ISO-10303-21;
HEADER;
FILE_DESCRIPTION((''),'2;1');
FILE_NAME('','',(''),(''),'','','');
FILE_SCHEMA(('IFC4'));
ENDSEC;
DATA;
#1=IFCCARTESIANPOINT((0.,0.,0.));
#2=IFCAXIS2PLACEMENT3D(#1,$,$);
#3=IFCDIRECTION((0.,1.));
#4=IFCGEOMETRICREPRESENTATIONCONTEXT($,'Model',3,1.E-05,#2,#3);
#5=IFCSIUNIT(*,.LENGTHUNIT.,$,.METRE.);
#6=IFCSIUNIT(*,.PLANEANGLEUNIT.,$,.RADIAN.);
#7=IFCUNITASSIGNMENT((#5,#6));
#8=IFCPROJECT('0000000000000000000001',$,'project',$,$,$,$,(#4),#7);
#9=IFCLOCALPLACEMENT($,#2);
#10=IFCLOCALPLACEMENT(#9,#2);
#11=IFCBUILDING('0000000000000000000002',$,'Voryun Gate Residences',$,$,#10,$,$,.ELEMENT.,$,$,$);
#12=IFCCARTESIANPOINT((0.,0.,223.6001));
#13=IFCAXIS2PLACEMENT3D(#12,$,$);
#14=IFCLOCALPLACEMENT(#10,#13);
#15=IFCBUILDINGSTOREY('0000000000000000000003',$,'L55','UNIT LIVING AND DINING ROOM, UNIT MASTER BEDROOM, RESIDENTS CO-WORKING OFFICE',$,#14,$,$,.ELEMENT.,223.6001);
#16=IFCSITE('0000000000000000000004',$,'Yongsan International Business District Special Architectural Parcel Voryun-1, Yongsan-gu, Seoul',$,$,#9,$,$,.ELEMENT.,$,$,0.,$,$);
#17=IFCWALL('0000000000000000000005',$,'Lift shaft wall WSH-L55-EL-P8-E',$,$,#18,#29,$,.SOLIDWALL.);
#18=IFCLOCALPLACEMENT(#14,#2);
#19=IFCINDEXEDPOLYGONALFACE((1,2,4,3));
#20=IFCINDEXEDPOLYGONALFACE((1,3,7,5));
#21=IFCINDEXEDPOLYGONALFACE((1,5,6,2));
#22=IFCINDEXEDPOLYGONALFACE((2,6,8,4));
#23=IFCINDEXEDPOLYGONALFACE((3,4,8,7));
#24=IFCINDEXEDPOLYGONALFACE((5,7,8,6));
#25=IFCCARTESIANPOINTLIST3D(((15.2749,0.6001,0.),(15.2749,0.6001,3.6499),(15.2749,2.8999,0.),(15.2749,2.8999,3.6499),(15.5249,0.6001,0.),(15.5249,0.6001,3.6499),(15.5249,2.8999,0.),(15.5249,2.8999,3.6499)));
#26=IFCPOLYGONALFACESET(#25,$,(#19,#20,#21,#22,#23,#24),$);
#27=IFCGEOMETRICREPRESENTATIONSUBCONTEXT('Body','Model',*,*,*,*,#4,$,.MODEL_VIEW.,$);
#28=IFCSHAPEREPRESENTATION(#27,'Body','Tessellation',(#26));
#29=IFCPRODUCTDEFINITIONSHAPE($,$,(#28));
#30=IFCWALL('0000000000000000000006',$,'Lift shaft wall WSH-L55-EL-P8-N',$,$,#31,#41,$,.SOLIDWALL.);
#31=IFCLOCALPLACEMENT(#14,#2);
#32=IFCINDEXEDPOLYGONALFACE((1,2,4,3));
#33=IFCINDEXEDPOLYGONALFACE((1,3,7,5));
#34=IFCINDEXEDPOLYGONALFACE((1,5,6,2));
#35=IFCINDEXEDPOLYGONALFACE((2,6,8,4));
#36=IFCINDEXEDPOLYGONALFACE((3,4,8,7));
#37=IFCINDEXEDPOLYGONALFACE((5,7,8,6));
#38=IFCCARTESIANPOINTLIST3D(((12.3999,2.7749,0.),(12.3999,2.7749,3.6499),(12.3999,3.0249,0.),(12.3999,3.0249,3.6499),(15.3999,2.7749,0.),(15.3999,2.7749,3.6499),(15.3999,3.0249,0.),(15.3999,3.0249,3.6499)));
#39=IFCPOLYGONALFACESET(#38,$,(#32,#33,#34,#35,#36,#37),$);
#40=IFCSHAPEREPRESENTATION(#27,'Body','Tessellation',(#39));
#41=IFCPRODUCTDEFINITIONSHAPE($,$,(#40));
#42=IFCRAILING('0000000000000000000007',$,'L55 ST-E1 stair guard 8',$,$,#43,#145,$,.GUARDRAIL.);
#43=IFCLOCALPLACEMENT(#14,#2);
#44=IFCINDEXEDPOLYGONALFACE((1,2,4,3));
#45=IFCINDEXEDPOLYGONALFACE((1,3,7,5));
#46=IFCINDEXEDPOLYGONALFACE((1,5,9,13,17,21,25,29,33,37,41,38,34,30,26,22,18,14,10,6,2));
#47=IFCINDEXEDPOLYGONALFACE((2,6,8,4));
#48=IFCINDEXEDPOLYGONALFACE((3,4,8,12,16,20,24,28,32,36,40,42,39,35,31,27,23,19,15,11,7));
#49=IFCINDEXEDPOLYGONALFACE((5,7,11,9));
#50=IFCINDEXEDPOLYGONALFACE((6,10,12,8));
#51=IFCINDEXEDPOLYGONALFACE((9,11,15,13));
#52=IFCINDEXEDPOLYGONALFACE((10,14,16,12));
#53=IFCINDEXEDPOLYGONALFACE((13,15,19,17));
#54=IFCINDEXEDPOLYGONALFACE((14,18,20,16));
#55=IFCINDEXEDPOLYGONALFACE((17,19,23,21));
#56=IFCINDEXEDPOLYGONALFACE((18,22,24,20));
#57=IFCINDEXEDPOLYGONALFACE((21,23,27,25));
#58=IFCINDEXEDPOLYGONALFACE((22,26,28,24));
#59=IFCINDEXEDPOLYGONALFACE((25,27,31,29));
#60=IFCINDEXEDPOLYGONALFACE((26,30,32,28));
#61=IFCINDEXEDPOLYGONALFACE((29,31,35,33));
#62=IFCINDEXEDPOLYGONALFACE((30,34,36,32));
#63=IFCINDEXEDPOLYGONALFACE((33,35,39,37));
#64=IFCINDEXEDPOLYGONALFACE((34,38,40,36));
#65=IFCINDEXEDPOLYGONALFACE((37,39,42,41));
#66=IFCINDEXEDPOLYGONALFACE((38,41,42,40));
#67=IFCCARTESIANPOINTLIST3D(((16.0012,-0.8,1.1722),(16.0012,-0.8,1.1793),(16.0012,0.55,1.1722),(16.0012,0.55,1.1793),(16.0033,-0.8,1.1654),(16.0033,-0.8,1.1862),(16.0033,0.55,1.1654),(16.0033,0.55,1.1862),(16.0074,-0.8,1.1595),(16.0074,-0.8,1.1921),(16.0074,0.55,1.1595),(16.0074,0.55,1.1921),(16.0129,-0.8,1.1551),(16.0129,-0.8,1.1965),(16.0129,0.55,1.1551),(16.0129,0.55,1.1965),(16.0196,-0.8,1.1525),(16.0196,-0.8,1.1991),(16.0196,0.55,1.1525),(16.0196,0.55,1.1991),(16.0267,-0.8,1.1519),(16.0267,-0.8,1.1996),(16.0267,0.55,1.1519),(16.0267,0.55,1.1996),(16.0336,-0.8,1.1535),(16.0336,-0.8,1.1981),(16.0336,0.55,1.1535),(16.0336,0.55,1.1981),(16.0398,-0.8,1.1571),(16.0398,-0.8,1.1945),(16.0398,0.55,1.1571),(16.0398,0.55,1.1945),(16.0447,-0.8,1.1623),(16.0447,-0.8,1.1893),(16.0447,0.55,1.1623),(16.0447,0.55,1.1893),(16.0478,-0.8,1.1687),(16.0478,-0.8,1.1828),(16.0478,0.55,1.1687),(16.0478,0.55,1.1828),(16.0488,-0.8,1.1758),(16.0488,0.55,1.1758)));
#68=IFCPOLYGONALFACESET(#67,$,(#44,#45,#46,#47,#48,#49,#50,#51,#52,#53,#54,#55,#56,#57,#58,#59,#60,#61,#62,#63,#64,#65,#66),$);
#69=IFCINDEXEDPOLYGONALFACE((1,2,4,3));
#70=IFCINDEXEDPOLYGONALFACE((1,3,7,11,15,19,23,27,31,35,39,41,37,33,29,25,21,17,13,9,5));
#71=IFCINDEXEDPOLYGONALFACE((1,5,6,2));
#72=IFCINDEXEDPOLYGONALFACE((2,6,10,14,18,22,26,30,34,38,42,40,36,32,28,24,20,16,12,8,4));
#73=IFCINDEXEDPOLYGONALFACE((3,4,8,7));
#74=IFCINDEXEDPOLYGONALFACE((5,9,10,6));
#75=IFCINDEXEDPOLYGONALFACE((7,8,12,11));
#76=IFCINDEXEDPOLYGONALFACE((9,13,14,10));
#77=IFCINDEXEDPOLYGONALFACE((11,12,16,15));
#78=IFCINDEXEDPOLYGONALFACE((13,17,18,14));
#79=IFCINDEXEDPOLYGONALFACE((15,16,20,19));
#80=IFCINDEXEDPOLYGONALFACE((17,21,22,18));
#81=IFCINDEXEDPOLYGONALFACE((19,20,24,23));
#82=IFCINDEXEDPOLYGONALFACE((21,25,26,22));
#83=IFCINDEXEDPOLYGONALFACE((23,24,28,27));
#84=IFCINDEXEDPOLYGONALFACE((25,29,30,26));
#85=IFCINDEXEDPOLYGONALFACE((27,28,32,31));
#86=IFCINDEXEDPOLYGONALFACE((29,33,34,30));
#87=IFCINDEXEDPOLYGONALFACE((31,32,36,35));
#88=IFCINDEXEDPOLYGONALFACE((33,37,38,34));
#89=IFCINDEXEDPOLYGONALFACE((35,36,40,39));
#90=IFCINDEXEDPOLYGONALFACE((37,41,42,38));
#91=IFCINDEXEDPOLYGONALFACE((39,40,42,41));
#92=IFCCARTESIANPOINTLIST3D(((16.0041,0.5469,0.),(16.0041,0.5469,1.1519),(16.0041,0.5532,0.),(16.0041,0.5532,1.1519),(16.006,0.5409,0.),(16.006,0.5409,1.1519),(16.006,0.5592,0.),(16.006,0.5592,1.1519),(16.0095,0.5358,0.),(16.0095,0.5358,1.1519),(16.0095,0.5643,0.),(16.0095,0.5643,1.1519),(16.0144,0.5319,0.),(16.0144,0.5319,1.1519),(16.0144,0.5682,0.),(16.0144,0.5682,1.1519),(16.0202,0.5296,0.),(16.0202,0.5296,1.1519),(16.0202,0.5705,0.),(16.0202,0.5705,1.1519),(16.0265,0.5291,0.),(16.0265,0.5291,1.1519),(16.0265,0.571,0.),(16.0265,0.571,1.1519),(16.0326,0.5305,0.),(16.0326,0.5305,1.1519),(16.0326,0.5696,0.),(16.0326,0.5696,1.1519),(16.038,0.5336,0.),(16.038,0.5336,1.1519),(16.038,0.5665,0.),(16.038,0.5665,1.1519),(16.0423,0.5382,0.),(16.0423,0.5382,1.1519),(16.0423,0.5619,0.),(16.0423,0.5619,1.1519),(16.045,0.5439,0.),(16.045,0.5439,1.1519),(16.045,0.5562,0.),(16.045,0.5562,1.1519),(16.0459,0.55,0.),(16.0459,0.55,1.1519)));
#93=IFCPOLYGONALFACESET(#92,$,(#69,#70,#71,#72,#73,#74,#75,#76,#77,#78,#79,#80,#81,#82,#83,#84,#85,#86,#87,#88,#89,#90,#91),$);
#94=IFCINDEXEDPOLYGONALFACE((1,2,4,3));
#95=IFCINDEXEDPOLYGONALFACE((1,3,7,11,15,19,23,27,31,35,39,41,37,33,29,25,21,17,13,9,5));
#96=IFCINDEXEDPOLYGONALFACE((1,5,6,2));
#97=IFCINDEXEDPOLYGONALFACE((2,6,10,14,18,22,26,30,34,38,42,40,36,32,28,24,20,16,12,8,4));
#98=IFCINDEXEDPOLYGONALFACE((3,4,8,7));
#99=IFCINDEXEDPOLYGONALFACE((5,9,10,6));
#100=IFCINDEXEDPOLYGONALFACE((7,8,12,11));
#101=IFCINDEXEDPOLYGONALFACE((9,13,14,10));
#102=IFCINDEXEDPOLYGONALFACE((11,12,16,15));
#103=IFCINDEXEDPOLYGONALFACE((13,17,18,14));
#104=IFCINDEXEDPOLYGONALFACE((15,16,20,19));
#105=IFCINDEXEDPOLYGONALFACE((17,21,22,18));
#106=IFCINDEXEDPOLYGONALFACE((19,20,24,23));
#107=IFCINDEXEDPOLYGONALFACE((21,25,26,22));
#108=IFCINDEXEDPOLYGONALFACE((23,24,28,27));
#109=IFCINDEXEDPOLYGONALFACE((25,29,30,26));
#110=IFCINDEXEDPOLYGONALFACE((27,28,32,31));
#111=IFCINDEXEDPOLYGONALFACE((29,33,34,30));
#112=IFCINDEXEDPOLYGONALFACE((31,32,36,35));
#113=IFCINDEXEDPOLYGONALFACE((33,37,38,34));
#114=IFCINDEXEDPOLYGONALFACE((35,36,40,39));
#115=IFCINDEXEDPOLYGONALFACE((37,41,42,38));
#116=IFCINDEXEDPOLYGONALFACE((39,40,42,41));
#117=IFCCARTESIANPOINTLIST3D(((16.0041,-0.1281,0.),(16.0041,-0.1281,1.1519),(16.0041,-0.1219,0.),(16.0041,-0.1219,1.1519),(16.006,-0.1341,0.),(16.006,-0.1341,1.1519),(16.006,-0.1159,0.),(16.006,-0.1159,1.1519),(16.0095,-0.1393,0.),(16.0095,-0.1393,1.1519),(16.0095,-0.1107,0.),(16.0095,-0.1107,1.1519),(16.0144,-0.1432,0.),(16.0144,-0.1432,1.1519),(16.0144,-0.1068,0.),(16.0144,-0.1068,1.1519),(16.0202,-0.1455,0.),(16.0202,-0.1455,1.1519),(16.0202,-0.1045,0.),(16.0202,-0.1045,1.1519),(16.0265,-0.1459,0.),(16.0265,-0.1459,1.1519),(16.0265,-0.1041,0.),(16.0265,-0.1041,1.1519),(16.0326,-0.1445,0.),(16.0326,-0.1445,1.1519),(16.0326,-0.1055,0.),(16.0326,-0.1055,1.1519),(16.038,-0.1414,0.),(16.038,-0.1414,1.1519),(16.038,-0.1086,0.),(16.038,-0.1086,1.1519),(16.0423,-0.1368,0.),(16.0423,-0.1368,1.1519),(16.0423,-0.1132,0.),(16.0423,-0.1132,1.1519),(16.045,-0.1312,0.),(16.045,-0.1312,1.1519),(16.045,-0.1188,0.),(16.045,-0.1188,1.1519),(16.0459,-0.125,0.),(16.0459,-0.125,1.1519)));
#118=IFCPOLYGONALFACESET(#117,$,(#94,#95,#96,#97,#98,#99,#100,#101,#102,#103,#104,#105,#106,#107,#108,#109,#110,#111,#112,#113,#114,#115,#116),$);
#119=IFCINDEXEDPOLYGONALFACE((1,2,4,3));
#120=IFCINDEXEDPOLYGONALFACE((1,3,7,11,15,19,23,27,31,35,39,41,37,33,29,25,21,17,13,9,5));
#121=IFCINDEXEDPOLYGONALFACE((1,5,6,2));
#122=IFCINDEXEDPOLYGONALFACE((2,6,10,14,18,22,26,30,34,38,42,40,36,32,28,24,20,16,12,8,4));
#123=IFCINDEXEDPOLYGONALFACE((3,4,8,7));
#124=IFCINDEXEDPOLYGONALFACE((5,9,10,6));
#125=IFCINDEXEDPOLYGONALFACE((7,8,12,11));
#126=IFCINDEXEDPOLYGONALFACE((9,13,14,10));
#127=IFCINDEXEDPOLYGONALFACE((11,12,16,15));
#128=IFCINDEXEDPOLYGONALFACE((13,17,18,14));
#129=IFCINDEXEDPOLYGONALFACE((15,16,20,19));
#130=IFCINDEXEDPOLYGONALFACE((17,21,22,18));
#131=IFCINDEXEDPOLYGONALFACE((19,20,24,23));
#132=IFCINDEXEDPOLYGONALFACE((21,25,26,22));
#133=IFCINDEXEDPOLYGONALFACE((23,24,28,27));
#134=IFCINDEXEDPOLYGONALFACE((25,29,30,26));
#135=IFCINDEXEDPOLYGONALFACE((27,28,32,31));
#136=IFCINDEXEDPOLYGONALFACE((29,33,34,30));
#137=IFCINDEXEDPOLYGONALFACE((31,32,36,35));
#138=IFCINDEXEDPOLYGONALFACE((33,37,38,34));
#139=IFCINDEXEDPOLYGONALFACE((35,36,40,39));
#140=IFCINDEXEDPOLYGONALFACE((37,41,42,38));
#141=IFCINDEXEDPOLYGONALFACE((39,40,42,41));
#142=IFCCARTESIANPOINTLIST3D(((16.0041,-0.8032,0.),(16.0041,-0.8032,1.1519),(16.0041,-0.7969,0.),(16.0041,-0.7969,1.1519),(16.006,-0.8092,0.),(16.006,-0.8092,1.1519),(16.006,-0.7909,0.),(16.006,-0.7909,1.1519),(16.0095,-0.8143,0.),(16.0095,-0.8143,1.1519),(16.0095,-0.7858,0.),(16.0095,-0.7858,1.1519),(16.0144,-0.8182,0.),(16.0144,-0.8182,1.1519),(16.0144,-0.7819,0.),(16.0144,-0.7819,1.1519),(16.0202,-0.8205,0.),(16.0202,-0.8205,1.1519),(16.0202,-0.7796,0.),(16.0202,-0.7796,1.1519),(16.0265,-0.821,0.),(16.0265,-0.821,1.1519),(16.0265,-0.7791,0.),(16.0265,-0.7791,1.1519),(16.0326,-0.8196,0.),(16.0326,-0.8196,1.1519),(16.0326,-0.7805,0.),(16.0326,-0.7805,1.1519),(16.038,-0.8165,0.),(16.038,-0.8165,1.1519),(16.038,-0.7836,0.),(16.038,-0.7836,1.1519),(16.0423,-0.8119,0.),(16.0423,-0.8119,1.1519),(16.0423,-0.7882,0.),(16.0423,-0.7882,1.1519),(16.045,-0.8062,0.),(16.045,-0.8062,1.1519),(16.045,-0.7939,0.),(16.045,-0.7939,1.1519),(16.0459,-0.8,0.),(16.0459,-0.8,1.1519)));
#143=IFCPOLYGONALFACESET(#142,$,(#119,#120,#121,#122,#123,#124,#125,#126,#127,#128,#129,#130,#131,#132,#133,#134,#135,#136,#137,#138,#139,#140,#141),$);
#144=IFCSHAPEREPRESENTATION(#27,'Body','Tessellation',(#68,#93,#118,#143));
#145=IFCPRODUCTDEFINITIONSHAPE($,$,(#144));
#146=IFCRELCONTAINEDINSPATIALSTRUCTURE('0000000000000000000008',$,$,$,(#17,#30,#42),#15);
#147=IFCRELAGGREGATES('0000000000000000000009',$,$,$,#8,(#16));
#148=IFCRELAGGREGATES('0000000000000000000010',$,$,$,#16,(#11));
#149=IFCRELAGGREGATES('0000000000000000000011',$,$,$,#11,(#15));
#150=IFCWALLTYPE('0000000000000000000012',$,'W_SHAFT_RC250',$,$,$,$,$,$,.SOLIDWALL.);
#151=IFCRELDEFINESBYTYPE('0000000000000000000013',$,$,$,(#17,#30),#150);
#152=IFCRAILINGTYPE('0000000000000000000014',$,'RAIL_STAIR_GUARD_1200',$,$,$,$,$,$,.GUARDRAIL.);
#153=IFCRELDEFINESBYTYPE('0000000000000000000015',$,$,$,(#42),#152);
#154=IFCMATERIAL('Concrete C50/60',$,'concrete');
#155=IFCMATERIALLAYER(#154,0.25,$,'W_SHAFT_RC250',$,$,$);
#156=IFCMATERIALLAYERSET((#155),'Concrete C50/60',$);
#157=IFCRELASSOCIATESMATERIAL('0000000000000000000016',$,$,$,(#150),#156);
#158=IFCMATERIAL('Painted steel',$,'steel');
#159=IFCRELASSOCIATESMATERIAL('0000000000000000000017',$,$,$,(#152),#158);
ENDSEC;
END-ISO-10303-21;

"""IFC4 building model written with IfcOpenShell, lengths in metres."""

from ifc_helpers import new_model, si_unit, direction, frame, frame_2d, origin, origin_2d, place, context, subcontext, project, spatial, rectangle, circle, extrude, material, layer, layer_set, type_object, element, save


model = new_model("IFC4")

# Units and contexts
model_context = context("Model", 3, precision=1e-05, world=origin(), true_north=direction((0.0, 1.0)))
body_context = subcontext(model_context, "Body", "Model", "MODEL_VIEW")
ifc_project = project(units=[si_unit("LENGTHUNIT", "METRE"), si_unit("PLANEANGLEUNIT", "RADIAN")], contexts=[model_context])

# Site, building, storey
site_placement = place(None, origin())
site = spatial("IfcSite", under=ifc_project, at=site_placement, Name="Yongsan International Business District Special Architectural Parcel Voryun-1, Yongsan-gu, Seoul", CompositionType="ELEMENT", RefElevation=0.0)
building_placement = place(site_placement, origin())
building = spatial("IfcBuilding", under=site, at=building_placement, Name="Voryun Gate Residences", CompositionType="ELEMENT")
storey_placement = place(building_placement, frame((0.0, 0.0, 223.6001)))
storey = spatial("IfcBuildingStorey", under=building, at=storey_placement, Name="L55", Description="UNIT LIVING AND DINING ROOM, UNIT MASTER BEDROOM, RESIDENTS CO-WORKING OFFICE", CompositionType="ELEMENT", Elevation=223.6001)

# Walls
ifc_material_1 = material(Name="Concrete C50/60", Category="concrete")
ifc_layer_1 = layer(ifc_material_1, 0.25, Name="W_SHAFT_RC250")
ifc_layer_set_1 = layer_set([ifc_layer_1], Name="Concrete C50/60")
wall_type_1 = type_object("IfcWallType", Name="W_SHAFT_RC250", PredefinedType="SOLIDWALL", material=ifc_layer_set_1)
wall_1_placement = place(storey_placement, frame((15.3999, 0.6001, 0.0), z_axis=(0.0, 0.0, 1.0), x_axis=(0.0, 1.0, 0.0)))
element("IfcWall", 1, at=wall_1_placement, inside=storey, type_object=wall_type_1, Name="Lift shaft wall WSH-L55-EL-P8-E", PredefinedType="SOLIDWALL", context=body_context, shape_type="SweptSolid", body=[
    extrude(rectangle(XDim=2.2998, YDim=0.25, at=frame_2d((1.1499, 0.0))), origin(), (0.0, 0.0, 1.0), 3.6499),
])
wall_2_placement = place(storey_placement, frame((15.3999, 2.8999, 0.0), z_axis=(0.0, 0.0, 1.0), x_axis=(-1.0, 0.0, 0.0)))
element("IfcWall", 2, at=wall_2_placement, inside=storey, type_object=wall_type_1, Name="Lift shaft wall WSH-L55-EL-P8-N", PredefinedType="SOLIDWALL", context=body_context, shape_type="SweptSolid", body=[
    extrude(rectangle(XDim=3.0, YDim=0.25, at=frame_2d((1.5, 0.0))), origin(), (0.0, 0.0, 1.0), 3.6499),
])

# Railing
ifc_material_2 = material(Name="Painted steel", Category="steel")
railing_type = type_object("IfcRailingType", Name="RAIL_STAIR_GUARD_1200", PredefinedType="GUARDRAIL", material=ifc_material_2)
railing_1_placement = place(storey_placement, frame((16.0249, 0.55, 0.0)))
element("IfcRailing", 3, at=railing_1_placement, inside=storey, type_object=railing_type, Name="L55 ST-E1 stair guard 8", PredefinedType="GUARDRAIL", context=body_context, shape_type="SweptSolid", body=[
    extrude(circle(Radius=0.0239, at=origin_2d()), frame((0.0, 0.0, 1.1758), z_axis=(0.0, -1.0, 0.0), x_axis=(1.0, 0.0, 0.0)), (0.0, 0.0, 1.0), 1.3501),
    extrude(circle(Radius=0.021, at=origin_2d()), origin(), (0.0, 0.0, 1.0), 1.1519),
    extrude(circle(Radius=0.021, at=origin_2d()), frame((0.0, -0.675, 0.0)), (0.0, 0.0, 1.0), 1.1519),
    extrude(circle(Radius=0.021, at=origin_2d()), frame((0.0, -1.3501, 0.0)), (0.0, 0.0, 1.0), 1.1519),
])

save(model, "model.ifc")
